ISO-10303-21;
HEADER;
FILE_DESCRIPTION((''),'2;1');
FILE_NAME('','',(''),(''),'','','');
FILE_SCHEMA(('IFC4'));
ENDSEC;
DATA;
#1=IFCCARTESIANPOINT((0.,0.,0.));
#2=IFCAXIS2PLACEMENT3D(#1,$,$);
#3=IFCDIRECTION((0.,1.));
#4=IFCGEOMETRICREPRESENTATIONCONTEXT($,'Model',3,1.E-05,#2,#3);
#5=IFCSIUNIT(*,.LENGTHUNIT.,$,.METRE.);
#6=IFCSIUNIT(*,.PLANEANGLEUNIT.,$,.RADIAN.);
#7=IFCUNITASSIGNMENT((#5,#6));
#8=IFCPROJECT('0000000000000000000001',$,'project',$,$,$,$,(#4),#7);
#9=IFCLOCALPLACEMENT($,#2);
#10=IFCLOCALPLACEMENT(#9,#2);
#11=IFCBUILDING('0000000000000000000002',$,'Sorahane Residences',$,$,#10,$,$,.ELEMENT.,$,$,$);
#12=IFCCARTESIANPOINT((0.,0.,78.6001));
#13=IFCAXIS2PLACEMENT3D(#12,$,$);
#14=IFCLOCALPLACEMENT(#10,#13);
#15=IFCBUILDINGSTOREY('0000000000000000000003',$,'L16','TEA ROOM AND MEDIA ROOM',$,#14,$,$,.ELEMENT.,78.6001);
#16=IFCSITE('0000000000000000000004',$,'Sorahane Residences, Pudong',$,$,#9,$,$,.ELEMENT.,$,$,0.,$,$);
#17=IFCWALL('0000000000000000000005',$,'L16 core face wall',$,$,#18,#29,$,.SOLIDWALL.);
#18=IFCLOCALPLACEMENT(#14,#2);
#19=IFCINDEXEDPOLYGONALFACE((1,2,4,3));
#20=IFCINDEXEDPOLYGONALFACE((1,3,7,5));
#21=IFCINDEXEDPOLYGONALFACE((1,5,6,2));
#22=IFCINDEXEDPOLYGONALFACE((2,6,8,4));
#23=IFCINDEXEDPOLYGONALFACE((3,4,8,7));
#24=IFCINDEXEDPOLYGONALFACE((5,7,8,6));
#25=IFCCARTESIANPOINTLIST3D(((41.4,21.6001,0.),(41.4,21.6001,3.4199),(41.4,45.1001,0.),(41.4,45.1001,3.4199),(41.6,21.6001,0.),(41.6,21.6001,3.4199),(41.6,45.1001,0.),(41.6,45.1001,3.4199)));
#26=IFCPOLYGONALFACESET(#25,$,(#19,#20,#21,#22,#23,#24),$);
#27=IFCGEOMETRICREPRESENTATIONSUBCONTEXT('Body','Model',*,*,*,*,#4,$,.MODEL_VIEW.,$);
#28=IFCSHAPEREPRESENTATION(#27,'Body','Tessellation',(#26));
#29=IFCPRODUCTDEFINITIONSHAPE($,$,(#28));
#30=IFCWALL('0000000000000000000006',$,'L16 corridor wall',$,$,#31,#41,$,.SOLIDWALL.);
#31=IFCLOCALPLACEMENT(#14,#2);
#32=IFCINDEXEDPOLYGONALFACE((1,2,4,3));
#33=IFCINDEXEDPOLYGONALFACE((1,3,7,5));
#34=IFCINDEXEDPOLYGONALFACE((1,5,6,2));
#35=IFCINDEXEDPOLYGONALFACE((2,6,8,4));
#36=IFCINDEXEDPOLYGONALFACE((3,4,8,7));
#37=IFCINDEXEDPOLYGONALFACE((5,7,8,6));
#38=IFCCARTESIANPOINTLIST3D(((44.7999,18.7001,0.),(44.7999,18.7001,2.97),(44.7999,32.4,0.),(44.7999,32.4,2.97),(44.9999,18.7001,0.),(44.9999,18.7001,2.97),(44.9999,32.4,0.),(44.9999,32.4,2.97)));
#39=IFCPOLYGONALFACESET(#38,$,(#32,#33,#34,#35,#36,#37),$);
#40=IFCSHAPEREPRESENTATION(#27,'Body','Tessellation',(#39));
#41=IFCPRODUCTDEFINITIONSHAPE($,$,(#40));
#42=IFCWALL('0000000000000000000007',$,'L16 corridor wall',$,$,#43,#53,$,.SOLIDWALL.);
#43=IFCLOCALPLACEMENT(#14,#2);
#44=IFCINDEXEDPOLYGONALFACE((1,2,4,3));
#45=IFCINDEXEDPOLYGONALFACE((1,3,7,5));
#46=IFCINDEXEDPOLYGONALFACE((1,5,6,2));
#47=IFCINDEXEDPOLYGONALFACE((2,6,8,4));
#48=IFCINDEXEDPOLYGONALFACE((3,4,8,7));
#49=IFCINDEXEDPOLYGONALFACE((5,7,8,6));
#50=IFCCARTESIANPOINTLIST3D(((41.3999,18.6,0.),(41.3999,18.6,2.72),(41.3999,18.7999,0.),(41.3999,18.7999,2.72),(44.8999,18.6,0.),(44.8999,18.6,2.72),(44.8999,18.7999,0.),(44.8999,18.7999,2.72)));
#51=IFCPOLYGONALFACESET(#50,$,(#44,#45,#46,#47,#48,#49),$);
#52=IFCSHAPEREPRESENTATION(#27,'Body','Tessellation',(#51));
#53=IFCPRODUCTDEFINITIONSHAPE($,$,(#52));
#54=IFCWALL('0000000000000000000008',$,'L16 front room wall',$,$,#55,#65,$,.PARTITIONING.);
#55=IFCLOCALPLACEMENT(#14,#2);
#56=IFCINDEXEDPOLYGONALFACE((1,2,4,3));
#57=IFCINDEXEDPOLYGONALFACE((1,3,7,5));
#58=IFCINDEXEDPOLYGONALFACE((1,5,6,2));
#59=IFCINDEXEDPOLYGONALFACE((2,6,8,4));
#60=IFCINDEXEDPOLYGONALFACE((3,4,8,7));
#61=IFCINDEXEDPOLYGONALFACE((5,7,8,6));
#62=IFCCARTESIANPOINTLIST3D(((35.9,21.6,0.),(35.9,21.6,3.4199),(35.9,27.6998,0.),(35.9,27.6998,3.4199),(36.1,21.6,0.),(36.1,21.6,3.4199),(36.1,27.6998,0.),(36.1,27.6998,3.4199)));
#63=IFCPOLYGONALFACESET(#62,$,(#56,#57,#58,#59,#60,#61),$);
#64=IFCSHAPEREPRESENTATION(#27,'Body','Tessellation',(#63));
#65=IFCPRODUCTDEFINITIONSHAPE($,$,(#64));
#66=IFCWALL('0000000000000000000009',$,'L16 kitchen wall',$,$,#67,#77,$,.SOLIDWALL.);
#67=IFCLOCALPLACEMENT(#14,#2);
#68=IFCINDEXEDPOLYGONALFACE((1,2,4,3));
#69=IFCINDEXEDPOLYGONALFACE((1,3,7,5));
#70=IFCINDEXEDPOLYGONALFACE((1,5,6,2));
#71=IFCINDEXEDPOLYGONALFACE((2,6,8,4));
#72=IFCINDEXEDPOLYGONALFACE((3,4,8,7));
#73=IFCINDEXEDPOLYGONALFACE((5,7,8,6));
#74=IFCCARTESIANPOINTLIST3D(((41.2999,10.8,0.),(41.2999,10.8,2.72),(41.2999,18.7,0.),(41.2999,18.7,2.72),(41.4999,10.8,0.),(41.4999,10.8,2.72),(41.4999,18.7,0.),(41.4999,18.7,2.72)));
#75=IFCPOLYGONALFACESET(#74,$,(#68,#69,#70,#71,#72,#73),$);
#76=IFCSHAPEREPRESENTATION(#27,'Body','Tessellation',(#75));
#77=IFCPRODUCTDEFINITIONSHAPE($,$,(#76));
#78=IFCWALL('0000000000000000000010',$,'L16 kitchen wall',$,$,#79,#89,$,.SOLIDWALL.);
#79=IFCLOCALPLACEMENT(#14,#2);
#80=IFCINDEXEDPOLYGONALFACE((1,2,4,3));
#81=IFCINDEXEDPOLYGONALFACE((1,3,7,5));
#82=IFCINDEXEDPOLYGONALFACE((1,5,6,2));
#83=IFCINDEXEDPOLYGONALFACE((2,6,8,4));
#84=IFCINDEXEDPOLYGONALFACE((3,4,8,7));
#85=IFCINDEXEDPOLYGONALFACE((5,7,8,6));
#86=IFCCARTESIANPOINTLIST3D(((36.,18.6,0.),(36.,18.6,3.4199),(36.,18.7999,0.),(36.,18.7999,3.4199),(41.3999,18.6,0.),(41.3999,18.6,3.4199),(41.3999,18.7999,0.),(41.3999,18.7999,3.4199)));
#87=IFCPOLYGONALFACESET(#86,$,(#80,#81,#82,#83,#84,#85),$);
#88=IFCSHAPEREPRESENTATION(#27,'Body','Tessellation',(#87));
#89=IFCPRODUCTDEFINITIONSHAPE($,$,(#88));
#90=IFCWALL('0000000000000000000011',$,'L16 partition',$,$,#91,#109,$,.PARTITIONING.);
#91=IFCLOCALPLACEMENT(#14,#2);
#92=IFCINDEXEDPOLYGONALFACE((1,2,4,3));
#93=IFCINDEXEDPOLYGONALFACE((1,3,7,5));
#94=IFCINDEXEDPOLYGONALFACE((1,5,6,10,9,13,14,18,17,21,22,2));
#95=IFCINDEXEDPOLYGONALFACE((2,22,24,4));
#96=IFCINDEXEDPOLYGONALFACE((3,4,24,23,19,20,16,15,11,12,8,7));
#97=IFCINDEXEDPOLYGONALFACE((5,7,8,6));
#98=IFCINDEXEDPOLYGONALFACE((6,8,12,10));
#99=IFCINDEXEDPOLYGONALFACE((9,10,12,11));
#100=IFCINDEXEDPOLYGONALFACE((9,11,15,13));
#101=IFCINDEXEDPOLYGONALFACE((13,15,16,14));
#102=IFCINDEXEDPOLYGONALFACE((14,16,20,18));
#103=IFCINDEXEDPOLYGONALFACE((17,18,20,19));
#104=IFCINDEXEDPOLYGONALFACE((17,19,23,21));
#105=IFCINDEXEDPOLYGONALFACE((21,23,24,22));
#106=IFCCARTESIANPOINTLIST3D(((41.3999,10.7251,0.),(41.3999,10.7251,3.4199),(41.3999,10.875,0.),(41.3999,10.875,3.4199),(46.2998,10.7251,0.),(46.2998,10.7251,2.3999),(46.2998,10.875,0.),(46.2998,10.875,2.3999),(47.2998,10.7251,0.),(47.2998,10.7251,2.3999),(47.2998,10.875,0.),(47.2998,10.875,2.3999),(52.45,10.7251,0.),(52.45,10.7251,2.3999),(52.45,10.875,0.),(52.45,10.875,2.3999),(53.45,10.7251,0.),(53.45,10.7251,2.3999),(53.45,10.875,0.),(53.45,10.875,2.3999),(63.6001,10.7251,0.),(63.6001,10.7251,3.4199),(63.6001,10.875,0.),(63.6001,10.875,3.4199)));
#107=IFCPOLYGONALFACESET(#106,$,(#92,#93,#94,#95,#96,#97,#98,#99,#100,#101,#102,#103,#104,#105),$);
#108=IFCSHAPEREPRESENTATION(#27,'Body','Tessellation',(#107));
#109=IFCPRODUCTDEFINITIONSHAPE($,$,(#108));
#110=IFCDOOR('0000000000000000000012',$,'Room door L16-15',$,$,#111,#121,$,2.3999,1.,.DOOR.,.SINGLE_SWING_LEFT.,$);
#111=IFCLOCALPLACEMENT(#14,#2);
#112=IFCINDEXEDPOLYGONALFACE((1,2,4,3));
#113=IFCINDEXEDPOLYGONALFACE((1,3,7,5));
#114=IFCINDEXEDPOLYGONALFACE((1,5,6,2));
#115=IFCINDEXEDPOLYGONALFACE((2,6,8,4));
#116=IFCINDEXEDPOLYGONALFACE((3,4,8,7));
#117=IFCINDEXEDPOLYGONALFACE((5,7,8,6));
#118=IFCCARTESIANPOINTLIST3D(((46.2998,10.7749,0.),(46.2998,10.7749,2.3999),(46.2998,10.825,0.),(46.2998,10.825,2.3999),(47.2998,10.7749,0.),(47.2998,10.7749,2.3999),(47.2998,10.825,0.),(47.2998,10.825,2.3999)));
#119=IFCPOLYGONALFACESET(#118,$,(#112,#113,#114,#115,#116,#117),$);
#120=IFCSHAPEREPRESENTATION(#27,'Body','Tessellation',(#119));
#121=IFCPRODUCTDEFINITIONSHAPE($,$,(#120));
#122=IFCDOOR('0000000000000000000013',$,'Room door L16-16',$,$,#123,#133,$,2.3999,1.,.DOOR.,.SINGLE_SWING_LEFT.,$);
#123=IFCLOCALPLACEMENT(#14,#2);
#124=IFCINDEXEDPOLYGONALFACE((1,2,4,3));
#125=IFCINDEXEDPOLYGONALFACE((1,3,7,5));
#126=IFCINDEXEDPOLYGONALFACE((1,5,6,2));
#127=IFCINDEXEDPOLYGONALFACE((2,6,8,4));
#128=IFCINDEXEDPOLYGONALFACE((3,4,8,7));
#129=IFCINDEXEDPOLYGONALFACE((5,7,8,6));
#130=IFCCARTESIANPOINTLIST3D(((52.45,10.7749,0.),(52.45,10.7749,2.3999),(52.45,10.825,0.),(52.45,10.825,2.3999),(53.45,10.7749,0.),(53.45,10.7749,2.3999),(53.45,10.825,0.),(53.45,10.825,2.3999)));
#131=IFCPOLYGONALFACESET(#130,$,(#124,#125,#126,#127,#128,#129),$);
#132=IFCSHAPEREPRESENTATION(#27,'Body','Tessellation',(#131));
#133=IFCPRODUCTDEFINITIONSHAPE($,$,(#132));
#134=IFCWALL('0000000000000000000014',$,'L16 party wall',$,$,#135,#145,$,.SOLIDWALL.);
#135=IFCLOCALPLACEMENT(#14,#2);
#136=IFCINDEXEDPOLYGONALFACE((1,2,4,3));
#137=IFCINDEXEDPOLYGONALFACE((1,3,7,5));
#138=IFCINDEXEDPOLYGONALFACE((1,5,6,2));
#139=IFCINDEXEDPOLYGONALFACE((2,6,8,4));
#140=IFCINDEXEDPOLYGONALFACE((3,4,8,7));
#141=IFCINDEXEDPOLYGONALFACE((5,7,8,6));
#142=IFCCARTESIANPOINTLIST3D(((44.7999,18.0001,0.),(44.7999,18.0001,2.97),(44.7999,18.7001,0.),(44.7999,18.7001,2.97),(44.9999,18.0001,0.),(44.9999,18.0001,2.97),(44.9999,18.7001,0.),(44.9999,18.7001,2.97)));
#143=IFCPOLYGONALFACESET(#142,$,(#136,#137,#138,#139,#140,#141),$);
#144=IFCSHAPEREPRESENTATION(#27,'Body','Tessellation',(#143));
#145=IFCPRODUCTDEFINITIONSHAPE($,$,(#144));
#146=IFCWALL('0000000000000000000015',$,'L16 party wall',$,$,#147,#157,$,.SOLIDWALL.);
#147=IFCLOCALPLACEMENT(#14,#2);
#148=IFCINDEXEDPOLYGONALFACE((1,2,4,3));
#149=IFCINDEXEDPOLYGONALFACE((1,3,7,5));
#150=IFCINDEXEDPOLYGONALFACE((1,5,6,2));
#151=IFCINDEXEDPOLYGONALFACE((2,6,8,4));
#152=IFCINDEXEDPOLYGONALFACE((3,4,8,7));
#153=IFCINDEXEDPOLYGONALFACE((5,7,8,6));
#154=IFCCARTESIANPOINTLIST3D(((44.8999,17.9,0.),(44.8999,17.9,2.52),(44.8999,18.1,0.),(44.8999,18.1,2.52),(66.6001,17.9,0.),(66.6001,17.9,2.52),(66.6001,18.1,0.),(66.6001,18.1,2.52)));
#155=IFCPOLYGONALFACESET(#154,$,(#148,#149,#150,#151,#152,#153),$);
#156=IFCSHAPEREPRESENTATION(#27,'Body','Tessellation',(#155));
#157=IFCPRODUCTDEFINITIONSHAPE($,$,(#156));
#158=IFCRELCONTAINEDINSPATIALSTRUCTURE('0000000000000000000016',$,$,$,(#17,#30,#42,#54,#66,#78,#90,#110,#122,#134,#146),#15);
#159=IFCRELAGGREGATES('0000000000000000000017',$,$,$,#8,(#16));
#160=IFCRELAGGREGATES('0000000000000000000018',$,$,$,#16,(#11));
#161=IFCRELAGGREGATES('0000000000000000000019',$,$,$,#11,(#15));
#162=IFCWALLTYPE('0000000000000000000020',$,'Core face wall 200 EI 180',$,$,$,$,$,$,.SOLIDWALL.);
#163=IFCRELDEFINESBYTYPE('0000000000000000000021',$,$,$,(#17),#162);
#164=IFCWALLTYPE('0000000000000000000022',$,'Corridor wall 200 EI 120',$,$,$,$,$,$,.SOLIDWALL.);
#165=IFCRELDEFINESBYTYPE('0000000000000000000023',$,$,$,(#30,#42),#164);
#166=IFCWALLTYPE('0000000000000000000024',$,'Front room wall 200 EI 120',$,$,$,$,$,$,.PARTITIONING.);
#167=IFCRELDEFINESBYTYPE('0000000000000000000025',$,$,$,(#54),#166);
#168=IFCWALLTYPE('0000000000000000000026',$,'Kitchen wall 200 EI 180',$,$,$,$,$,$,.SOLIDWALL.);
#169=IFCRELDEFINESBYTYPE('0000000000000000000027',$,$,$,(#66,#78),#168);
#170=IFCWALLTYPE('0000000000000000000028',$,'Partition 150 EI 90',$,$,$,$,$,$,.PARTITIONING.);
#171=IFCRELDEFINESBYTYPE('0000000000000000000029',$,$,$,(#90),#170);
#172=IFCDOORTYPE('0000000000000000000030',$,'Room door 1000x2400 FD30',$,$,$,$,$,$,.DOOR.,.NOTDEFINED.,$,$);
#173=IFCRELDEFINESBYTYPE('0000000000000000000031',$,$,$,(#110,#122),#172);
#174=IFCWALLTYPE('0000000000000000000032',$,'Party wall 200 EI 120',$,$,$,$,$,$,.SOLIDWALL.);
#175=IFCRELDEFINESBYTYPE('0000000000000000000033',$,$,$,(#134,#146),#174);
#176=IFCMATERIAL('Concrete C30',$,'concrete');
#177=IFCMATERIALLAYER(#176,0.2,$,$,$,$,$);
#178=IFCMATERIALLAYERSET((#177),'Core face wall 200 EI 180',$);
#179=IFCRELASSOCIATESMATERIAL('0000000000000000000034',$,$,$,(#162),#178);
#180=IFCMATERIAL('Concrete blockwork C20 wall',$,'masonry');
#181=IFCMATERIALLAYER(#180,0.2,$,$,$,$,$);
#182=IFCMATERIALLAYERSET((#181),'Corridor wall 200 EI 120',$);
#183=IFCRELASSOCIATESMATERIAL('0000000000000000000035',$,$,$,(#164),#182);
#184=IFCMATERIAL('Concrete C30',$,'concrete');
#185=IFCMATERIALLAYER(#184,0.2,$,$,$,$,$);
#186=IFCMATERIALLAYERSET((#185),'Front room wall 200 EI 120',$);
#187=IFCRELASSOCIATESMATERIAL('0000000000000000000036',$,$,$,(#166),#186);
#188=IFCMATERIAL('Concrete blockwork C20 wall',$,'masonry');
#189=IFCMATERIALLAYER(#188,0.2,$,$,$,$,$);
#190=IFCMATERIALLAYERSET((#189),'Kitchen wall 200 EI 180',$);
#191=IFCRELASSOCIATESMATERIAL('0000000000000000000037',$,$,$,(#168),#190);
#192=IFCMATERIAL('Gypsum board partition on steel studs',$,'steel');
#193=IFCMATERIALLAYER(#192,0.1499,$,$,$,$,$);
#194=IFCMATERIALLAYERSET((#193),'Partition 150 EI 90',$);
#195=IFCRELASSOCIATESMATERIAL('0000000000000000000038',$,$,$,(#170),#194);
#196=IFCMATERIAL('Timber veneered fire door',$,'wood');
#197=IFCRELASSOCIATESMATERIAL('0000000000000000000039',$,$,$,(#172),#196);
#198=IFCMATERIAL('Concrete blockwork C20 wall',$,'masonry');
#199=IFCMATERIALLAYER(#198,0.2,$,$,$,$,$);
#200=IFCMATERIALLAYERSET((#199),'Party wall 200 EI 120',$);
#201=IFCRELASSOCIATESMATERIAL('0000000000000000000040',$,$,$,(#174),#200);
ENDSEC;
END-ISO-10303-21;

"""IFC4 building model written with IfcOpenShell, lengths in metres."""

from ifc_helpers import new_model, si_unit, direction, frame, frame_2d, origin, place, context, subcontext, project, spatial, rectangle, extrude, material, layer, layer_set, type_object, element, fill, save


model = new_model("IFC4")

# Units and contexts
model_context = context("Model", 3, precision=1e-05, world=origin(), true_north=direction((0.0, 1.0)))
body_context = subcontext(model_context, "Body", "Model", "MODEL_VIEW")
ifc_project = project(units=[si_unit("LENGTHUNIT", "METRE"), si_unit("PLANEANGLEUNIT", "RADIAN")], contexts=[model_context])

# Site, building, storey
site_placement = place(None, origin())
site = spatial("IfcSite", under=ifc_project, at=site_placement, Name="Sorahane Residences, Pudong", CompositionType="ELEMENT", RefElevation=0.0)
building_placement = place(site_placement, origin())
building = spatial("IfcBuilding", under=site, at=building_placement, Name="Sorahane Residences", CompositionType="ELEMENT")
storey_placement = place(building_placement, frame((0.0, 0.0, 78.6001)))
storey = spatial("IfcBuildingStorey", under=building, at=storey_placement, Name="L16", Description="TEA ROOM AND MEDIA ROOM", CompositionType="ELEMENT", Elevation=78.6001)

# Walls
ifc_material_1 = material(Name="Concrete C30", Category="concrete")
ifc_layer_1 = layer(ifc_material_1, 0.2)
ifc_layer_set_1 = layer_set([ifc_layer_1], Name="Core face wall 200 EI 180")
wall_type_1 = type_object("IfcWallType", Name="Core face wall 200 EI 180", PredefinedType="SOLIDWALL", material=ifc_layer_set_1)
wall_1_placement = place(storey_placement, frame((41.5, 21.6001, 0.0), z_axis=(0.0, 0.0, 1.0), x_axis=(0.0, 1.0, 0.0)))
element("IfcWall", 1, at=wall_1_placement, inside=storey, type_object=wall_type_1, Name="L16 core face wall", PredefinedType="SOLIDWALL", context=body_context, shape_type="SweptSolid", body=[
    extrude(rectangle(XDim=23.5, YDim=0.2, at=frame_2d((11.75, 0.0))), origin(), (0.0, 0.0, 1.0), 3.4199),
])
ifc_material_2 = material(Name="Concrete blockwork C20 wall", Category="masonry")
ifc_layer_2 = layer(ifc_material_2, 0.2)
ifc_layer_set_2 = layer_set([ifc_layer_2], Name="Corridor wall 200 EI 120")
wall_type_2 = type_object("IfcWallType", Name="Corridor wall 200 EI 120", PredefinedType="SOLIDWALL", material=ifc_layer_set_2)
wall_2_placement = place(storey_placement, frame((44.8999, 18.7, 0.0), z_axis=(0.0, 0.0, 1.0), x_axis=(0.0, 1.0, 0.0)))
element("IfcWall", 2, at=wall_2_placement, inside=storey, type_object=wall_type_2, Name="L16 corridor wall", PredefinedType="SOLIDWALL", context=body_context, shape_type="SweptSolid", body=[
    extrude(rectangle(XDim=13.7, YDim=0.2, at=frame_2d((6.8501, 0.0))), origin(), (0.0, 0.0, 1.0), 2.97),
])
wall_3_placement = place(storey_placement, frame((41.3999, 18.7, 0.0), z_axis=(0.0, 0.0, 1.0), x_axis=(1.0, 0.0, 0.0)))
element("IfcWall", 3, at=wall_3_placement, inside=storey, type_object=wall_type_2, Name="L16 corridor wall", PredefinedType="SOLIDWALL", context=body_context, shape_type="SweptSolid", body=[
    extrude(rectangle(XDim=3.5, YDim=0.2, at=frame_2d((1.75, 0.0))), origin(), (0.0, 0.0, 1.0), 2.72),
])
ifc_material_3 = material(Name="Concrete C30", Category="concrete")
ifc_layer_3 = layer(ifc_material_3, 0.2)
ifc_layer_set_3 = layer_set([ifc_layer_3], Name="Front room wall 200 EI 120")
wall_type_3 = type_object("IfcWallType", Name="Front room wall 200 EI 120", PredefinedType="PARTITIONING", material=ifc_layer_set_3)
wall_4_placement = place(storey_placement, frame((36.0, 21.6001, 0.0), z_axis=(0.0, 0.0, 1.0), x_axis=(0.0, 1.0, 0.0)))
element("IfcWall", 4, at=wall_4_placement, inside=storey, type_object=wall_type_3, Name="L16 front room wall", PredefinedType="PARTITIONING", context=body_context, shape_type="SweptSolid", body=[
    extrude(rectangle(XDim=6.0999, YDim=0.2, at=frame_2d((3.0498, 0.0))), origin(), (0.0, 0.0, 1.0), 3.4199),
])
ifc_material_4 = material(Name="Concrete blockwork C20 wall", Category="masonry")
ifc_layer_4 = layer(ifc_material_4, 0.2)
ifc_layer_set_4 = layer_set([ifc_layer_4], Name="Kitchen wall 200 EI 180")
wall_type_4 = type_object("IfcWallType", Name="Kitchen wall 200 EI 180", PredefinedType="SOLIDWALL", material=ifc_layer_set_4)
wall_5_placement = place(storey_placement, frame((41.3999, 10.8, 0.0), z_axis=(0.0, 0.0, 1.0), x_axis=(0.0, 1.0, 0.0)))
element("IfcWall", 5, at=wall_5_placement, inside=storey, type_object=wall_type_4, Name="L16 kitchen wall", PredefinedType="SOLIDWALL", context=body_context, shape_type="SweptSolid", body=[
    extrude(rectangle(XDim=7.8999, YDim=0.2, at=frame_2d((3.95, 0.0))), origin(), (0.0, 0.0, 1.0), 2.72),
])

# Wall
wall_6_placement = place(storey_placement, frame((36.0, 18.7, 0.0), z_axis=(0.0, 0.0, 1.0), x_axis=(1.0, 0.0, 0.0)))
element("IfcWall", 6, at=wall_6_placement, inside=storey, type_object=wall_type_4, Name="L16 kitchen wall", PredefinedType="SOLIDWALL", context=body_context, shape_type="SweptSolid", body=[
    extrude(rectangle(XDim=5.3999, YDim=0.2, at=frame_2d((2.7, 0.0))), origin(), (0.0, 0.0, 1.0), 3.4199),
])

# Wall, openings, doors
ifc_material_5 = material(Name="Gypsum board partition on steel studs", Category="steel")
ifc_layer_5 = layer(ifc_material_5, 0.1499)
ifc_layer_set_5 = layer_set([ifc_layer_5], Name="Partition 150 EI 90")
wall_type_5 = type_object("IfcWallType", Name="Partition 150 EI 90", PredefinedType="PARTITIONING", material=ifc_layer_set_5)
wall_7_placement = place(storey_placement, frame((41.3999, 10.8, 0.0), z_axis=(0.0, 0.0, 1.0), x_axis=(1.0, 0.0, 0.0)))
wall_7 = element("IfcWall", 7, at=wall_7_placement, inside=storey, type_object=wall_type_5, Name="L16 partition", PredefinedType="PARTITIONING", context=body_context, shape_type="SweptSolid", body=[
    extrude(rectangle(XDim=22.2002, YDim=0.1499, at=frame_2d((11.1001, 0.0))), origin(), (0.0, 0.0, 1.0), 3.4199),
])
opening_1_placement = place(wall_7_placement, frame((4.8999, 0.0, 0.0)))
opening_1 = element("IfcOpeningElement", 8, at=opening_1_placement, cuts=wall_7, PredefinedType="OPENING", context=body_context, shape_type="SweptSolid", body=[
    extrude(rectangle(XDim=1.0, YDim=2.3999, at=frame_2d((0.5, 1.2))), frame((0.0, 0.085, 0.0), z_axis=(0.0, -1.0, 0.0), x_axis=(1.0, 0.0, 0.0)), (0.0, 0.0, 1.0), 0.1699),
])
opening_2_placement = place(wall_7_placement, frame((11.05, 0.0, 0.0)))
opening_2 = element("IfcOpeningElement", 9, at=opening_2_placement, cuts=wall_7, PredefinedType="OPENING", context=body_context, shape_type="SweptSolid", body=[
    extrude(rectangle(XDim=1.0, YDim=2.3999, at=frame_2d((0.5, 1.2))), frame((0.0, 0.085, 0.0), z_axis=(0.0, -1.0, 0.0), x_axis=(1.0, 0.0, 0.0)), (0.0, 0.0, 1.0), 0.1699),
])
ifc_material_6 = material(Name="Timber veneered fire door", Category="wood")
door_type_1 = type_object("IfcDoorType", Name="Room door 1000x2400 FD30", OperationType="NOTDEFINED", PredefinedType="DOOR", material=ifc_material_6)
door_1_placement = place(opening_1_placement, origin())
door_1 = element("IfcDoor", 10, at=door_1_placement, inside=storey, type_object=door_type_1, Name="Room door L16-15", OperationType="SINGLE_SWING_LEFT", OverallHeight=2.3999, OverallWidth=1.0, PredefinedType="DOOR", context=body_context, shape_type="SweptSolid", body=[
    extrude(rectangle(XDim=1.0, YDim=2.3999, at=frame_2d((0.5, 1.2))), frame((0.0, 0.0249, 0.0), z_axis=(0.0, -1.0, 0.0), x_axis=(1.0, 0.0, 0.0)), (0.0, 0.0, 1.0), 0.05),
])
fill(opening_1, door_1)
door_2_placement = place(opening_2_placement, origin())
door_2 = element("IfcDoor", 11, at=door_2_placement, inside=storey, type_object=door_type_1, Name="Room door L16-16", OperationType="SINGLE_SWING_LEFT", OverallHeight=2.3999, OverallWidth=1.0, PredefinedType="DOOR", context=body_context, shape_type="SweptSolid", body=[
    extrude(rectangle(XDim=1.0, YDim=2.3999, at=frame_2d((0.5, 1.2))), frame((0.0, 0.0249, 0.0), z_axis=(0.0, -1.0, 0.0), x_axis=(1.0, 0.0, 0.0)), (0.0, 0.0, 1.0), 0.05),
])
fill(opening_2, door_2)

# Walls
ifc_material_7 = material(Name="Concrete blockwork C20 wall", Category="masonry")
ifc_layer_6 = layer(ifc_material_7, 0.2)
ifc_layer_set_6 = layer_set([ifc_layer_6], Name="Party wall 200 EI 120")
wall_type_6 = type_object("IfcWallType", Name="Party wall 200 EI 120", PredefinedType="SOLIDWALL", material=ifc_layer_set_6)
wall_8_placement = place(storey_placement, frame((44.8999, 18.0, 0.0), z_axis=(0.0, 0.0, 1.0), x_axis=(0.0, 1.0, 0.0)))
element("IfcWall", 12, at=wall_8_placement, inside=storey, type_object=wall_type_6, Name="L16 party wall", PredefinedType="SOLIDWALL", context=body_context, shape_type="SweptSolid", body=[
    extrude(rectangle(XDim=0.7, YDim=0.2, at=frame_2d((0.3501, 0.0))), origin(), (0.0, 0.0, 1.0), 2.97),
])
wall_9_placement = place(storey_placement, frame((44.8999, 18.0, 0.0), z_axis=(0.0, 0.0, 1.0), x_axis=(1.0, 0.0, 0.0)))
element("IfcWall", 13, at=wall_9_placement, inside=storey, type_object=wall_type_6, Name="L16 party wall", PredefinedType="SOLIDWALL", context=body_context, shape_type="SweptSolid", body=[
    extrude(rectangle(XDim=21.7002, YDim=0.2, at=frame_2d((10.8501, 0.0))), origin(), (0.0, 0.0, 1.0), 2.52),
])

save(model, "model.ifc")
